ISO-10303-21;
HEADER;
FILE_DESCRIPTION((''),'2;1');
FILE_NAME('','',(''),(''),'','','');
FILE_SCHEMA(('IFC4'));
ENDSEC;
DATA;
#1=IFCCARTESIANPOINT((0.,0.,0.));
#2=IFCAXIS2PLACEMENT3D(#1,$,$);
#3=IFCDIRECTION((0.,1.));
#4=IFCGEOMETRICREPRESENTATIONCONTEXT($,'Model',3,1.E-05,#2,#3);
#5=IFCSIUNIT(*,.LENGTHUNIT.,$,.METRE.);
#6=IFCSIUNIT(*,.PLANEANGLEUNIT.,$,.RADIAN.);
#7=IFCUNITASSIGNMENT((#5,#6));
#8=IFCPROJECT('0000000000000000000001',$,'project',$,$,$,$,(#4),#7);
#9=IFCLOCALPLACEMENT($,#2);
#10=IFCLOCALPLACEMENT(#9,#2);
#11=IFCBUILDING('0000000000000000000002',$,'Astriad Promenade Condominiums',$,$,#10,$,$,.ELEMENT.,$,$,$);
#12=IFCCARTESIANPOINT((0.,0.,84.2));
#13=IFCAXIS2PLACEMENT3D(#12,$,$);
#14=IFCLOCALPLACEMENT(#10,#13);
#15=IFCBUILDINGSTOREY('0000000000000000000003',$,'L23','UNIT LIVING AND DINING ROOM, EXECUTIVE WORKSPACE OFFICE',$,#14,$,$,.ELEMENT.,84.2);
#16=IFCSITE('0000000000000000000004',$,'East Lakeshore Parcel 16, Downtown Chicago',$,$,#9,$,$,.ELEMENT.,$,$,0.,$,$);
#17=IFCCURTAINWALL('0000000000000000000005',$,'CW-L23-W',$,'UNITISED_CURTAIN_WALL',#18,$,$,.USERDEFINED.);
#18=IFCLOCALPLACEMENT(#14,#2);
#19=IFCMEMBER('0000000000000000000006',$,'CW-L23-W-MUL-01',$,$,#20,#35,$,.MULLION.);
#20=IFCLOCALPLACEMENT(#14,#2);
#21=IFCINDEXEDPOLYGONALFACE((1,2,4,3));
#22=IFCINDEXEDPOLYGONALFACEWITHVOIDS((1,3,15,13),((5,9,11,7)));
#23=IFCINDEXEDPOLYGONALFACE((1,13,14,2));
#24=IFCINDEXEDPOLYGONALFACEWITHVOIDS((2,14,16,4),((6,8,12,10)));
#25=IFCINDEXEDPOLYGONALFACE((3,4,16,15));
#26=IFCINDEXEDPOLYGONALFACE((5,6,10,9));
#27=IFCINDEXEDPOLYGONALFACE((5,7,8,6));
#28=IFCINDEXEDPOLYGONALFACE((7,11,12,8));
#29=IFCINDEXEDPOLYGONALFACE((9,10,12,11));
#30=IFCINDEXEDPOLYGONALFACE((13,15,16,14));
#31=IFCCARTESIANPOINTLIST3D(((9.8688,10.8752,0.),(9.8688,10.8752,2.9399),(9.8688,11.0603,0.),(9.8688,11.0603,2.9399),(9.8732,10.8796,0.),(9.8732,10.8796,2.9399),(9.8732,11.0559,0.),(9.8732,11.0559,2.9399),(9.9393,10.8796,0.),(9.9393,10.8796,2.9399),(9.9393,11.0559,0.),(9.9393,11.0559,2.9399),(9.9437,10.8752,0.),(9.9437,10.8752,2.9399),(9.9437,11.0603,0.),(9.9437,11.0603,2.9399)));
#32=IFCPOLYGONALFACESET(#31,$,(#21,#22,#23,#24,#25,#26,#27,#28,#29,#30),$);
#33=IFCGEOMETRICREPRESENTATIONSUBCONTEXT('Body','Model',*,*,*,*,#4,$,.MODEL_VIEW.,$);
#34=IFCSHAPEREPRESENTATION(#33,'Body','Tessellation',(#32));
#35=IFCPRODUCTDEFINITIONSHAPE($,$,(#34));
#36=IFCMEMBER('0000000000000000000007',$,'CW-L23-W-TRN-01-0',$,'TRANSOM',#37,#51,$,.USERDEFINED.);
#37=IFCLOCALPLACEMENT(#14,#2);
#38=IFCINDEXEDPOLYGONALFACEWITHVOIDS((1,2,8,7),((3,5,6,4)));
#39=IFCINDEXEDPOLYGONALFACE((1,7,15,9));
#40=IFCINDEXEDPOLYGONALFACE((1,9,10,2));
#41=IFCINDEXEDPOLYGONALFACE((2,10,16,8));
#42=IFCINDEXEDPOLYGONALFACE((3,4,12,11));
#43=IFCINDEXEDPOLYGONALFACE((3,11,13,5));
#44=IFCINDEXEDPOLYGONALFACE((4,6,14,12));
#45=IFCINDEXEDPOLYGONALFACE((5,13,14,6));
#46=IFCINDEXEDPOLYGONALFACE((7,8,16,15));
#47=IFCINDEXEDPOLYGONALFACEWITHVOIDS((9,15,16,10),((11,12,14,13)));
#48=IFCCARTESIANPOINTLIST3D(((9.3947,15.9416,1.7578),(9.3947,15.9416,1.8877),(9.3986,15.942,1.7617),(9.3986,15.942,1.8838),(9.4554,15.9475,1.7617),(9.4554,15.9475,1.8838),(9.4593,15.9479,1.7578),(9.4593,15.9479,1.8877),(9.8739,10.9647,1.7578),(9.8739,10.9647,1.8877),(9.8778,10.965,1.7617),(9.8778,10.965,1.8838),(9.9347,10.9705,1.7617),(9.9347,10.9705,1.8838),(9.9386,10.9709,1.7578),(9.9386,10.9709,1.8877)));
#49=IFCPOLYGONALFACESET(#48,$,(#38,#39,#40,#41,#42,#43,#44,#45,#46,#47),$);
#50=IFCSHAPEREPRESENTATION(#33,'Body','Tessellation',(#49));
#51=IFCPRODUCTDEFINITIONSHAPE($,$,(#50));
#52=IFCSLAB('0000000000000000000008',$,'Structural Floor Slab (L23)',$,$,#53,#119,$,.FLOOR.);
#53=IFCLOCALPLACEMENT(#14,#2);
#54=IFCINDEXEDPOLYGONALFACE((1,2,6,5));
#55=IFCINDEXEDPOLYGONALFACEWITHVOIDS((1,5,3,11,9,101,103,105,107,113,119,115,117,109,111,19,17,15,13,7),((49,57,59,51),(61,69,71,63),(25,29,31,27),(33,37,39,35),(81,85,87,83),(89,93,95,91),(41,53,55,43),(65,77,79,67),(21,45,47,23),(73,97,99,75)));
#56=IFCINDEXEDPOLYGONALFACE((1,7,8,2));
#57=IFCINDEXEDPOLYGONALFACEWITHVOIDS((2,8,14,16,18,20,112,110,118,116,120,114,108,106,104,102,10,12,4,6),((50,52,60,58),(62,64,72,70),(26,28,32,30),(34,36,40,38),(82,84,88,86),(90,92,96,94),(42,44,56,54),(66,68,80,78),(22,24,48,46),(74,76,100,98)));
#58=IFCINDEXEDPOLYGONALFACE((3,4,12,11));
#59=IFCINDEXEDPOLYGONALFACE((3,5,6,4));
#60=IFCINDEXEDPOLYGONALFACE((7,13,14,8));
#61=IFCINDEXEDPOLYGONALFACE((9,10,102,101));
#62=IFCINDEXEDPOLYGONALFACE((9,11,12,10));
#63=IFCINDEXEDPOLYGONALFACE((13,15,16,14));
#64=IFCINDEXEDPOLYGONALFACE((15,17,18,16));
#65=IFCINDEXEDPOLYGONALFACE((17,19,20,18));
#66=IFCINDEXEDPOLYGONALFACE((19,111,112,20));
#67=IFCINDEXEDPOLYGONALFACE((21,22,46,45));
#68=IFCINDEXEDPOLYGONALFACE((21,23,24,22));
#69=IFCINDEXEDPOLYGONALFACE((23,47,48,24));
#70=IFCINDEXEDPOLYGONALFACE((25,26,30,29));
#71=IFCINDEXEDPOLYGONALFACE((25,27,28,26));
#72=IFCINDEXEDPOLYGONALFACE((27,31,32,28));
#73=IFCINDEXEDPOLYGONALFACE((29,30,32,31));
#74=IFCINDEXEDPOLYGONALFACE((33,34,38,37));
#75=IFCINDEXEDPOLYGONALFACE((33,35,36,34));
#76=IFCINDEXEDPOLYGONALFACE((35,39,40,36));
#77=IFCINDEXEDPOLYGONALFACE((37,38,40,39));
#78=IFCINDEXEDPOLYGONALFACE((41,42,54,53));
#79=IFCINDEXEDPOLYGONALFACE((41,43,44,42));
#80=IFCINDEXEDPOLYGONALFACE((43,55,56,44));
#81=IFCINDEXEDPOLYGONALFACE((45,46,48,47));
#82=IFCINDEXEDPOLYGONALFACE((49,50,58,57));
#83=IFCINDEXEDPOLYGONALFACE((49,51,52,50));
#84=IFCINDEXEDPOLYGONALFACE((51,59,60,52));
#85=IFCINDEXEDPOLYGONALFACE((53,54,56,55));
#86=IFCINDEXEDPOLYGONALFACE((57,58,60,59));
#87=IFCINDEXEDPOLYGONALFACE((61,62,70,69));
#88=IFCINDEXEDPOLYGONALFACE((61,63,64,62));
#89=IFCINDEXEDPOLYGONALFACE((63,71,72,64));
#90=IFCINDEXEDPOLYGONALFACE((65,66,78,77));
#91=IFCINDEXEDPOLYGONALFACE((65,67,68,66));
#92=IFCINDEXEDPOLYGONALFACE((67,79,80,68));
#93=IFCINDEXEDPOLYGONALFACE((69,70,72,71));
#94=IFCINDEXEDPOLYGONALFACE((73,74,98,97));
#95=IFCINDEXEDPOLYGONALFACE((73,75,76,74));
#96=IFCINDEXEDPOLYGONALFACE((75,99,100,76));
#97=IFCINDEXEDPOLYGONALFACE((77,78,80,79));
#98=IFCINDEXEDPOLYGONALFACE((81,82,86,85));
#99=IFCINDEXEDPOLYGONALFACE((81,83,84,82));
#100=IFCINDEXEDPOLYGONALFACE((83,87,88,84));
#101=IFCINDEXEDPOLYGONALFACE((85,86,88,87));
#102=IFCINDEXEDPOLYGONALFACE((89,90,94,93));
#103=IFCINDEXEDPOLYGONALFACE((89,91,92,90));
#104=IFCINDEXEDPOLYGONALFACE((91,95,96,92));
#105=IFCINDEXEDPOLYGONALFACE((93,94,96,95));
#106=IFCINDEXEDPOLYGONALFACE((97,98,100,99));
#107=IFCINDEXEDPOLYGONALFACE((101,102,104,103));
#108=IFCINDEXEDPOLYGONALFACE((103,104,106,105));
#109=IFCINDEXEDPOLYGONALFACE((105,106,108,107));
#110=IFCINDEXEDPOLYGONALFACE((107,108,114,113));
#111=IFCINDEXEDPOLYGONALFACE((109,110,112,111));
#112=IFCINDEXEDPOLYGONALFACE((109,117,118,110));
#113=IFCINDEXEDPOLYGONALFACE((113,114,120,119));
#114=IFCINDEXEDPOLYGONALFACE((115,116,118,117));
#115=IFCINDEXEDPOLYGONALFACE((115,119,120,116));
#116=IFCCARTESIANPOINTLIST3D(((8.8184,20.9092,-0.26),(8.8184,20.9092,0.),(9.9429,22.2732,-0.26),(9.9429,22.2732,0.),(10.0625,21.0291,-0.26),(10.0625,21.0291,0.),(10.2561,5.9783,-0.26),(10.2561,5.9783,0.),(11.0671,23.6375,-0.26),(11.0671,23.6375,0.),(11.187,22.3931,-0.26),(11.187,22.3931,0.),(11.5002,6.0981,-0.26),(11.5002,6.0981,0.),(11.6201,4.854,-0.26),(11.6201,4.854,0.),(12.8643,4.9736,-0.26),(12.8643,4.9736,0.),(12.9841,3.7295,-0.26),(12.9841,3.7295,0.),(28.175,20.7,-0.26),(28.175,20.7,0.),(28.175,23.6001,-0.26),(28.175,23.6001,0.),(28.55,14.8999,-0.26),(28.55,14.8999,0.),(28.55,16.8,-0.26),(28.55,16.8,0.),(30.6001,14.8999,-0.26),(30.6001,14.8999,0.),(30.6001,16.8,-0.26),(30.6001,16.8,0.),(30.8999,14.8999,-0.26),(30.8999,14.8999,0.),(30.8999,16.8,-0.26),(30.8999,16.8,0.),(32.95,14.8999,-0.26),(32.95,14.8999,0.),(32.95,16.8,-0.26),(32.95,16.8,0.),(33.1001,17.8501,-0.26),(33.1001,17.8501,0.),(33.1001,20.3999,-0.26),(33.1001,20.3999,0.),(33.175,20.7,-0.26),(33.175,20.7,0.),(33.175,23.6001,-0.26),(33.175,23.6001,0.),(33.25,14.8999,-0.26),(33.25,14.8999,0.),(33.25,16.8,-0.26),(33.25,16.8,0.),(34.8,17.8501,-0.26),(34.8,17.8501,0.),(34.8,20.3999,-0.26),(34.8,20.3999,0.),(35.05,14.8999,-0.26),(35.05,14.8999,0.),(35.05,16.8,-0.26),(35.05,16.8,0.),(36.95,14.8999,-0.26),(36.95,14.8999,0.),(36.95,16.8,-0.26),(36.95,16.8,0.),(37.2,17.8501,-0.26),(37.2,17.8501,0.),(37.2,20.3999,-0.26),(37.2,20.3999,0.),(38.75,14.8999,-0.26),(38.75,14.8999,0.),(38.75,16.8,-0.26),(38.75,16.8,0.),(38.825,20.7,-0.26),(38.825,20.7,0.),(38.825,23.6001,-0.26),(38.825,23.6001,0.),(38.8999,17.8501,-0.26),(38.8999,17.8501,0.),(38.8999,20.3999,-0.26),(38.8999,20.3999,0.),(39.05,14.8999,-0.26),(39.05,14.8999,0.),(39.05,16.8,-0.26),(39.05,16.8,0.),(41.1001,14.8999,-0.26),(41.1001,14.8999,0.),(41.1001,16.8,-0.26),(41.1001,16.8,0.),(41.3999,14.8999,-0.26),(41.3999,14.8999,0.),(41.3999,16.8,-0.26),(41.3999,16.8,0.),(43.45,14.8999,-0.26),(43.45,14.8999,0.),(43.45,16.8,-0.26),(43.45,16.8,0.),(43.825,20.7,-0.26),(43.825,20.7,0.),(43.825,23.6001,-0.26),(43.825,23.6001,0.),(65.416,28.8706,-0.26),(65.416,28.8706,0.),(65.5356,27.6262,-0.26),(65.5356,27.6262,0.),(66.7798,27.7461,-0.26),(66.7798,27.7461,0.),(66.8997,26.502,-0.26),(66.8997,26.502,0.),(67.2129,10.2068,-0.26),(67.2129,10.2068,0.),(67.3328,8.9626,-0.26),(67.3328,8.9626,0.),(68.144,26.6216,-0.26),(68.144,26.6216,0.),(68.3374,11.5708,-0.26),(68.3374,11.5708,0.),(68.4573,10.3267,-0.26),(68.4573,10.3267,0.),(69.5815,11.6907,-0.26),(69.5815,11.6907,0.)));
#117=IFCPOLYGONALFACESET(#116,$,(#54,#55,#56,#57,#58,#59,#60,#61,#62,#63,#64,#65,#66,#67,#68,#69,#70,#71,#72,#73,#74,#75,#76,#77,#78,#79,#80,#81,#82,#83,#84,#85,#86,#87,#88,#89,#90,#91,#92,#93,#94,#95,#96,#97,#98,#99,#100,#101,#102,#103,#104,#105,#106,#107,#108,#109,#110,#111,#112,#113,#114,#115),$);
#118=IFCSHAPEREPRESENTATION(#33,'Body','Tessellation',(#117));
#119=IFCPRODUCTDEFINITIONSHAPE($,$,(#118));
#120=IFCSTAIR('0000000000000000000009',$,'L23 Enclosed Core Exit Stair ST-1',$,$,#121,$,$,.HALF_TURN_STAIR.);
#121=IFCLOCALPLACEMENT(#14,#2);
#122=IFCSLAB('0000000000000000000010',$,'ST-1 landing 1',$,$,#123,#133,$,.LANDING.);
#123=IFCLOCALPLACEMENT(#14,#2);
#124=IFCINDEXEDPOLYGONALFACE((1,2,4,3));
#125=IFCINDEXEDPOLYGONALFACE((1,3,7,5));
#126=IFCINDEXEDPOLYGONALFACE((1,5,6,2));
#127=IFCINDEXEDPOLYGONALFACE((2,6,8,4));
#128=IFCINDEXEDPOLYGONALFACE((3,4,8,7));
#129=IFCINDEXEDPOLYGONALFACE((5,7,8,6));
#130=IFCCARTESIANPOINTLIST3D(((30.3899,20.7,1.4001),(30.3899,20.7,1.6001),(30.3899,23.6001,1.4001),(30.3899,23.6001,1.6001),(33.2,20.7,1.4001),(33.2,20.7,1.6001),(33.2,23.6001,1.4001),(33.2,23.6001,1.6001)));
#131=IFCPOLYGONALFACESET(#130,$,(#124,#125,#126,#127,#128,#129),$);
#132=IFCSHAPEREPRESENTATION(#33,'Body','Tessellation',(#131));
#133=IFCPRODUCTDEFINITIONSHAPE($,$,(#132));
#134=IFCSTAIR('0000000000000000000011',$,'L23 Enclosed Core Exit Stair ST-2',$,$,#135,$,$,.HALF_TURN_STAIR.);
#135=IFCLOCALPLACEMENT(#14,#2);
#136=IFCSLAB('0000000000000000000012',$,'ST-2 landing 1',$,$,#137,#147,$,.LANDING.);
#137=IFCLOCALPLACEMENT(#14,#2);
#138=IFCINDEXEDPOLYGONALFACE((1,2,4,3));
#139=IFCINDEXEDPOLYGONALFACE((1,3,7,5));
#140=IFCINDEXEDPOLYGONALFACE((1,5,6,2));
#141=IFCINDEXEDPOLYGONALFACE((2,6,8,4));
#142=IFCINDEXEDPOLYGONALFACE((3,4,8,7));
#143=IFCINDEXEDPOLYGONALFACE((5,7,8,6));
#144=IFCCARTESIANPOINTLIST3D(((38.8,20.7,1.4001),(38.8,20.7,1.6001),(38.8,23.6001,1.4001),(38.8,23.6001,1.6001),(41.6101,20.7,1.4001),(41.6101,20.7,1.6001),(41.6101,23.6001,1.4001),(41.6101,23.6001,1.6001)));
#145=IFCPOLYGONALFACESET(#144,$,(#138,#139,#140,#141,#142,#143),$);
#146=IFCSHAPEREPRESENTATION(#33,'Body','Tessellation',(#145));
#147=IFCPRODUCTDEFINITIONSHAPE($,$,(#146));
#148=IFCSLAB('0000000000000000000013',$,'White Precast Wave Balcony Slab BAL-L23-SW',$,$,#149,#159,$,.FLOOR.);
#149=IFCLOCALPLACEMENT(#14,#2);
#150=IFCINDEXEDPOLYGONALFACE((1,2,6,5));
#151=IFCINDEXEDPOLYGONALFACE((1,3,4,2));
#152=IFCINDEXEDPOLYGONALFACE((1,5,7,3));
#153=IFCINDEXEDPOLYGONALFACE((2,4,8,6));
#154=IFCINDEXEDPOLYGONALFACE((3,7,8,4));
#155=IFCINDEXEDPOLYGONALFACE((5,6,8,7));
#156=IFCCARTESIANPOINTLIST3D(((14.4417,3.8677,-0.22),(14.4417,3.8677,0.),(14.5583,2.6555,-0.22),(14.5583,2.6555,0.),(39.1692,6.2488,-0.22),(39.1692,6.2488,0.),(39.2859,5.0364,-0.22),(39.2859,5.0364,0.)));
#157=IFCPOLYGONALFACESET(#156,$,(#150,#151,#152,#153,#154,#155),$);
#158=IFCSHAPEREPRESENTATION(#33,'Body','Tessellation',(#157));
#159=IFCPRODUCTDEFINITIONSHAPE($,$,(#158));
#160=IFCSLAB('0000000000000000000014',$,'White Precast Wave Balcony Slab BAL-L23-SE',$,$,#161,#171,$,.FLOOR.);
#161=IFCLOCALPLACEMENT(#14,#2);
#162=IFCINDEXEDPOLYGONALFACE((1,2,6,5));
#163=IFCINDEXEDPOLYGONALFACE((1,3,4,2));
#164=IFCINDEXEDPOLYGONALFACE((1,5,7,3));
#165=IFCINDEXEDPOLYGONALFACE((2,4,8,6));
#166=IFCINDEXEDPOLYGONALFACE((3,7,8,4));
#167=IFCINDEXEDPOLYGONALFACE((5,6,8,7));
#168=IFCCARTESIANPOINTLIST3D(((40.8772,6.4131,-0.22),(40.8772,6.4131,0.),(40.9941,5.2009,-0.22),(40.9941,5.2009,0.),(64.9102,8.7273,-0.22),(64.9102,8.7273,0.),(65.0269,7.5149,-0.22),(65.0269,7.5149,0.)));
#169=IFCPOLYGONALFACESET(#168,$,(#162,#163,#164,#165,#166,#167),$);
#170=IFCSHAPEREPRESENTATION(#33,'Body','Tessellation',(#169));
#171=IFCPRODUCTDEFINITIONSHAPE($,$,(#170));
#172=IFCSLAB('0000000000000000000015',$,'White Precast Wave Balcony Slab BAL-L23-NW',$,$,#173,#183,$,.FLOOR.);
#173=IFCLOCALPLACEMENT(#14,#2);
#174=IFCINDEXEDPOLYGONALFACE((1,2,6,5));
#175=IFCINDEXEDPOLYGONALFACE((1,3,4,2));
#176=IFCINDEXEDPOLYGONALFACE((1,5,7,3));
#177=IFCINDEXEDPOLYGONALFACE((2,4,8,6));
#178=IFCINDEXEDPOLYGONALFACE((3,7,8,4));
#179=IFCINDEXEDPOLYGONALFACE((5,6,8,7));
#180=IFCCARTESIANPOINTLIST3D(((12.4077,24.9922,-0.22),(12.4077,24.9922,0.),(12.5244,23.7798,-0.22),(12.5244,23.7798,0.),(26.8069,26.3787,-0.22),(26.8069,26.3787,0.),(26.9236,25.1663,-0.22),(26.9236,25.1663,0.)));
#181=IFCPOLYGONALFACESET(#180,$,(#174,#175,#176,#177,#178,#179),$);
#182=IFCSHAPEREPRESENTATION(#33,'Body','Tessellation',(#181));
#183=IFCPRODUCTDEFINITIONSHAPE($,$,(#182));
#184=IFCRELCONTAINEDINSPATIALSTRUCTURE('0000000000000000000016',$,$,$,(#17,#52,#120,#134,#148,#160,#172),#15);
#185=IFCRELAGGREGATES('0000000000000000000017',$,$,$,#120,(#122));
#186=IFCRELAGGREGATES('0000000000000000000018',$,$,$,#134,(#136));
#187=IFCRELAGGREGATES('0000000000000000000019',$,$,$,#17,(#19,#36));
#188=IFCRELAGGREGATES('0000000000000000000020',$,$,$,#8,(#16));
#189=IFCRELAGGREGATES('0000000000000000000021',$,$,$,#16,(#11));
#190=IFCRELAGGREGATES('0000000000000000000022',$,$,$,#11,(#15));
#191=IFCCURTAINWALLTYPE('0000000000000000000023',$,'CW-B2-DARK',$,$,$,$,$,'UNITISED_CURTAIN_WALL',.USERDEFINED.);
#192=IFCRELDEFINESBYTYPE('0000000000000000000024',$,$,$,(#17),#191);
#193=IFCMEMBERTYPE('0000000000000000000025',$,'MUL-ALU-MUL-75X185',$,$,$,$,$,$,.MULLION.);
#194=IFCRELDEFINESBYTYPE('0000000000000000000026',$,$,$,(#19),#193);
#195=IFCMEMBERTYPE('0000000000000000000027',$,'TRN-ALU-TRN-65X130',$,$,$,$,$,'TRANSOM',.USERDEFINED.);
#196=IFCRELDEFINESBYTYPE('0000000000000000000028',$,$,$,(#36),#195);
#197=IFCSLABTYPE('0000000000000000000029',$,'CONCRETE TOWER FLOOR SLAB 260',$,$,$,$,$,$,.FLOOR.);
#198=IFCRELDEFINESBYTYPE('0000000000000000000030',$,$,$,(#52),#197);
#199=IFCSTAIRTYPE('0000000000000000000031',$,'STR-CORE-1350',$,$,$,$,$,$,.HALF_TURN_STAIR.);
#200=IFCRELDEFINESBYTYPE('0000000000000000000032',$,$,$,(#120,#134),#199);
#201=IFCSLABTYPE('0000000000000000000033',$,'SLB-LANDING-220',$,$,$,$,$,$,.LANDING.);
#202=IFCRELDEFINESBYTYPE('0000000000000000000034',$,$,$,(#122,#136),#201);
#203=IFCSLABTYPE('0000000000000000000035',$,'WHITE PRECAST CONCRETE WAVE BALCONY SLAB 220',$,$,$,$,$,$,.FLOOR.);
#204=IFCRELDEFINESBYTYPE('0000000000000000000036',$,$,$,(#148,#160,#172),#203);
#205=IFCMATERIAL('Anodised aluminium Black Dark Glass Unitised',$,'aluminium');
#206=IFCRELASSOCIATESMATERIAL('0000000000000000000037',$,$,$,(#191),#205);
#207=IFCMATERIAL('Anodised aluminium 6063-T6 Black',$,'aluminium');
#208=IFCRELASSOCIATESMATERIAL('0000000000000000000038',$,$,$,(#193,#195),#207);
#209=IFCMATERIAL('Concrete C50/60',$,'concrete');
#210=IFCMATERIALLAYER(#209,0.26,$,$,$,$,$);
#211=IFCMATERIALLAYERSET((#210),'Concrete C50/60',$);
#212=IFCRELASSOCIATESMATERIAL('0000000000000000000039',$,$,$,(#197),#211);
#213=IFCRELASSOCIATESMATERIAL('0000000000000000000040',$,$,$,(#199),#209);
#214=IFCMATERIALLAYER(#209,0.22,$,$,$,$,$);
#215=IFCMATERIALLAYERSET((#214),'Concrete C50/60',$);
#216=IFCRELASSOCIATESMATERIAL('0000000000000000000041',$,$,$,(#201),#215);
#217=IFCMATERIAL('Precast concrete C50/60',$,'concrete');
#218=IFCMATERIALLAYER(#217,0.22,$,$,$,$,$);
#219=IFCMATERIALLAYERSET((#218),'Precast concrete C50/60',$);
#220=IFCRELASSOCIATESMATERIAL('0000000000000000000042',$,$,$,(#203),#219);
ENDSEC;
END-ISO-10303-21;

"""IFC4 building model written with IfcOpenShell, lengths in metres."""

from ifc_helpers import new_model, si_unit, direction, frame, origin, origin_2d, place, context, subcontext, project, spatial, polyline, hollow_rectangle, outline, extrude, source, transform, mapped, material, layer, layer_set, material_profile, profile_set, type_object, type_shapes, element, aggregate, save


model = new_model("IFC4")

# Units and contexts
model_context = context("Model", 3, precision=1e-05, world=origin(), true_north=direction((0.0, 1.0)))
body_context = subcontext(model_context, "Body", "Model", "MODEL_VIEW")
ifc_project = project(units=[si_unit("LENGTHUNIT", "METRE"), si_unit("PLANEANGLEUNIT", "RADIAN")], contexts=[model_context])

# Site, building, storey
site_placement = place(None, origin())
site = spatial("IfcSite", under=ifc_project, at=site_placement, Name="East Lakeshore Parcel 16, Downtown Chicago", CompositionType="ELEMENT", RefElevation=0.0)
building_placement = place(site_placement, origin())
building = spatial("IfcBuilding", under=site, at=building_placement, Name="Astriad Promenade Condominiums", CompositionType="ELEMENT")
storey_placement = place(building_placement, frame((0.0, 0.0, 84.2)))
storey = spatial("IfcBuildingStorey", under=building, at=storey_placement, Name="L23", Description="UNIT LIVING AND DINING ROOM, EXECUTIVE WORKSPACE OFFICE", CompositionType="ELEMENT", Elevation=84.2)

# Curtain wall, members
ifc_material_1 = material(Name="Anodised aluminium Black Dark Glass Unitised", Category="aluminium")
curtain_wall_type = type_object("IfcCurtainWallType", Name="CW-B2-DARK", ElementType="UNITISED_CURTAIN_WALL", PredefinedType="USERDEFINED", material=ifc_material_1)
curtain_wall_placement = place(storey_placement, origin())
curtain_wall = element("IfcCurtainWall", 1, at=curtain_wall_placement, inside=storey, type_object=curtain_wall_type, Name="CW-L23-W", ObjectType="UNITISED_CURTAIN_WALL", PredefinedType="USERDEFINED")
ifc_material_2 = material(Name="Anodised aluminium 6063-T6 Black", Category="aluminium")
ifc_material_profile_1 = material_profile(ifc_material_2, hollow_rectangle(XDim=0.075, YDim=0.1851, WallThickness=0.0044, at=origin_2d()), Name="ALU-MUL-75X185")
ifc_profile_set_1 = profile_set([ifc_material_profile_1], Name="Anodised aluminium 6063-T6 Black")
member_type_1 = type_object("IfcMemberType", Name="MUL-ALU-MUL-75X185", PredefinedType="MULLION", material=ifc_profile_set_1)
shared_shape_1 = source(origin(), body_context, "Body", "SweptSolid", [
    extrude(hollow_rectangle(XDim=0.075, YDim=0.1851, WallThickness=0.0044, at=origin_2d()), origin(), (0.0, 0.0, 1.0), 2.9399),
])
type_shapes(member_type_1, [shared_shape_1])
member_1_placement = place(storey_placement, frame((9.9062, 10.9678, 0.0), z_axis=(0.0, 0.0, 1.0), x_axis=(1.0, 0.0, 0.0)))
member_1 = element("IfcMember", 2, at=member_1_placement, type_object=member_type_1, Name="CW-L23-W-MUL-01", PredefinedType="MULLION", context=body_context, shape_type="MappedRepresentation", body=[
    mapped(shared_shape_1, transform((0.0, 0.0, 0.0), scale=1.0)),
])
ifc_material_profile_2 = material_profile(ifc_material_2, hollow_rectangle(XDim=0.0649, YDim=0.1299, WallThickness=0.0039, at=origin_2d()), Name="ALU-TRN-65X130")
ifc_profile_set_2 = profile_set([ifc_material_profile_2], Name="Anodised aluminium 6063-T6 Black")
member_type_2 = type_object("IfcMemberType", Name="TRN-ALU-TRN-65X130", ElementType="TRANSOM", PredefinedType="USERDEFINED", material=ifc_profile_set_2)
shared_shape_2 = source(origin(), body_context, "Body", "SweptSolid", [
    extrude(hollow_rectangle(XDim=0.0649, YDim=0.1299, WallThickness=0.0039, at=origin_2d()), origin(), (0.0, 0.0, 1.0), 5.0),
])
type_shapes(member_type_2, [shared_shape_2])
member_2_placement = place(storey_placement, frame((9.9062, 10.9678, 1.8228), z_axis=(-0.095848, 0.995396, 0.0), x_axis=(-0.995396, -0.095848, 0.0)))
member_2 = element("IfcMember", 3, at=member_2_placement, type_object=member_type_2, Name="CW-L23-W-TRN-01-0", ObjectType="TRANSOM", PredefinedType="USERDEFINED", context=body_context, shape_type="MappedRepresentation", body=[
    mapped(shared_shape_2, transform((0.0, 0.0, 0.0), scale=1.0)),
])

# Slab
ifc_material_3 = material(Name="Concrete C50/60", Category="concrete")
ifc_layer_1 = layer(ifc_material_3, 0.26)
ifc_layer_set_1 = layer_set([ifc_layer_1], Name="Concrete C50/60")
slab_type_1 = type_object("IfcSlabType", Name="CONCRETE TOWER FLOOR SLAB 260", PredefinedType="FLOOR", material=ifc_layer_set_1)
slab_1_placement = place(storey_placement, frame((0.0, 0.0, -0.26)))
element("IfcSlab", 4, at=slab_1_placement, inside=storey, type_object=slab_type_1, Name="Structural Floor Slab (L23)", PredefinedType="FLOOR", context=body_context, shape_type="SweptSolid", body=[
    extrude(outline(polyline([(12.9841, 3.7295), (67.3328, 8.9626), (67.2129, 10.2068), (68.4573, 10.3267), (68.3374, 11.5708), (69.5815, 11.6907), (68.144, 26.6216), (66.8997, 26.502), (66.7798, 27.7461), (65.5356, 27.6262), (65.416, 28.8706), (11.0671, 23.6375), (11.187, 22.3931), (9.9429, 22.2732), (10.0625, 21.0291), (8.8184, 20.9092), (10.2561, 5.9783), (11.5002, 6.0981), (11.6201, 4.854), (12.8643, 4.9736), (12.9841, 3.7295)]), holes=[polyline([(28.175, 20.7), (33.175, 20.7), (33.175, 23.6001), (28.175, 23.6001), (28.175, 20.7)]), polyline([(38.825, 20.7), (43.825, 20.7), (43.825, 23.6001), (38.825, 23.6001), (38.825, 20.7)]), polyline([(33.1001, 17.8501), (34.8, 17.8501), (34.8, 20.3999), (33.1001, 20.3999), (33.1001, 17.8501)]), polyline([(37.2, 17.8501), (38.8999, 17.8501), (38.8999, 20.3999), (37.2, 20.3999), (37.2, 17.8501)]), polyline([(28.55, 14.8999), (30.6001, 14.8999), (30.6001, 16.8), (28.55, 16.8), (28.55, 14.8999)]), polyline([(30.8999, 14.8999), (32.95, 14.8999), (32.95, 16.8), (30.8999, 16.8), (30.8999, 14.8999)]), polyline([(33.25, 14.8999), (35.05, 14.8999), (35.05, 16.8), (33.25, 16.8), (33.25, 14.8999)]), polyline([(36.95, 14.8999), (38.75, 14.8999), (38.75, 16.8), (36.95, 16.8), (36.95, 14.8999)]), polyline([(39.05, 14.8999), (41.1001, 14.8999), (41.1001, 16.8), (39.05, 16.8), (39.05, 14.8999)]), polyline([(41.3999, 14.8999), (43.45, 14.8999), (43.45, 16.8), (41.3999, 16.8), (41.3999, 14.8999)])]), origin(), (0.0, 0.0, 1.0), 0.26),
])

# Stairs, slabs
stair_type = type_object("IfcStairType", Name="STR-CORE-1350", PredefinedType="HALF_TURN_STAIR", material=ifc_material_3)
stair_1_placement = place(storey_placement, origin())
stair_1 = element("IfcStair", 5, at=stair_1_placement, inside=storey, type_object=stair_type, Name="L23 Enclosed Core Exit Stair ST-1", PredefinedType="HALF_TURN_STAIR")
ifc_layer_2 = layer(ifc_material_3, 0.22)
ifc_layer_set_2 = layer_set([ifc_layer_2], Name="Concrete C50/60")
slab_type_2 = type_object("IfcSlabType", Name="SLB-LANDING-220", PredefinedType="LANDING", material=ifc_layer_set_2)
slab_2_placement = place(storey_placement, frame((0.0, 0.0, 1.4001)))
slab_2 = element("IfcSlab", 6, at=slab_2_placement, type_object=slab_type_2, Name="ST-1 landing 1", PredefinedType="LANDING", context=body_context, shape_type="SweptSolid", body=[
    extrude(outline(polyline([(30.3899, 20.7), (33.2, 20.7), (33.2, 23.6001), (30.3899, 23.6001), (30.3899, 20.7)])), origin(), (0.0, 0.0, 1.0), 0.2),
])
aggregate(stair_1, [slab_2])
stair_2_placement = place(storey_placement, origin())
stair_2 = element("IfcStair", 7, at=stair_2_placement, inside=storey, type_object=stair_type, Name="L23 Enclosed Core Exit Stair ST-2", PredefinedType="HALF_TURN_STAIR")
slab_3_placement = place(storey_placement, frame((0.0, 0.0, 1.4001)))
slab_3 = element("IfcSlab", 8, at=slab_3_placement, type_object=slab_type_2, Name="ST-2 landing 1", PredefinedType="LANDING", context=body_context, shape_type="SweptSolid", body=[
    extrude(outline(polyline([(41.6101, 23.6001), (38.8, 23.6001), (38.8, 20.7), (41.6101, 20.7), (41.6101, 23.6001)])), origin(), (0.0, 0.0, 1.0), 0.2),
])
aggregate(stair_2, [slab_3])

# Slabs
ifc_material_4 = material(Name="Precast concrete C50/60", Category="concrete")
ifc_layer_3 = layer(ifc_material_4, 0.22)
ifc_layer_set_3 = layer_set([ifc_layer_3], Name="Precast concrete C50/60")
slab_type_3 = type_object("IfcSlabType", Name="WHITE PRECAST CONCRETE WAVE BALCONY SLAB 220", PredefinedType="FLOOR", material=ifc_layer_set_3)
slab_4_placement = place(storey_placement, frame((0.0, 0.0, -0.22)))
element("IfcSlab", 9, at=slab_4_placement, inside=storey, type_object=slab_type_3, Name="White Precast Wave Balcony Slab BAL-L23-SW", PredefinedType="FLOOR", context=body_context, shape_type="SweptSolid", body=[
    extrude(outline(polyline([(39.2859, 5.0364), (14.5583, 2.6555), (14.4417, 3.8677), (39.1692, 6.2488), (39.2859, 5.0364)])), origin(), (0.0, 0.0, 1.0), 0.22),
])
slab_5_placement = place(storey_placement, frame((0.0, 0.0, -0.22)))
element("IfcSlab", 10, at=slab_5_placement, inside=storey, type_object=slab_type_3, Name="White Precast Wave Balcony Slab BAL-L23-SE", PredefinedType="FLOOR", context=body_context, shape_type="SweptSolid", body=[
    extrude(outline(polyline([(65.0269, 7.5149), (40.9941, 5.2009), (40.8772, 6.4131), (64.9102, 8.7273), (65.0269, 7.5149)])), origin(), (0.0, 0.0, 1.0), 0.22),
])
slab_6_placement = place(storey_placement, frame((0.0, 0.0, -0.22)))
element("IfcSlab", 11, at=slab_6_placement, inside=storey, type_object=slab_type_3, Name="White Precast Wave Balcony Slab BAL-L23-NW", PredefinedType="FLOOR", context=body_context, shape_type="SweptSolid", body=[
    extrude(outline(polyline([(12.4077, 24.9922), (26.8069, 26.3787), (26.9236, 25.1663), (12.5244, 23.7798), (12.4077, 24.9922)])), origin(), (0.0, 0.0, 1.0), 0.22),
])

aggregate(curtain_wall, [member_1, member_2])

save(model, "model.ifc")
